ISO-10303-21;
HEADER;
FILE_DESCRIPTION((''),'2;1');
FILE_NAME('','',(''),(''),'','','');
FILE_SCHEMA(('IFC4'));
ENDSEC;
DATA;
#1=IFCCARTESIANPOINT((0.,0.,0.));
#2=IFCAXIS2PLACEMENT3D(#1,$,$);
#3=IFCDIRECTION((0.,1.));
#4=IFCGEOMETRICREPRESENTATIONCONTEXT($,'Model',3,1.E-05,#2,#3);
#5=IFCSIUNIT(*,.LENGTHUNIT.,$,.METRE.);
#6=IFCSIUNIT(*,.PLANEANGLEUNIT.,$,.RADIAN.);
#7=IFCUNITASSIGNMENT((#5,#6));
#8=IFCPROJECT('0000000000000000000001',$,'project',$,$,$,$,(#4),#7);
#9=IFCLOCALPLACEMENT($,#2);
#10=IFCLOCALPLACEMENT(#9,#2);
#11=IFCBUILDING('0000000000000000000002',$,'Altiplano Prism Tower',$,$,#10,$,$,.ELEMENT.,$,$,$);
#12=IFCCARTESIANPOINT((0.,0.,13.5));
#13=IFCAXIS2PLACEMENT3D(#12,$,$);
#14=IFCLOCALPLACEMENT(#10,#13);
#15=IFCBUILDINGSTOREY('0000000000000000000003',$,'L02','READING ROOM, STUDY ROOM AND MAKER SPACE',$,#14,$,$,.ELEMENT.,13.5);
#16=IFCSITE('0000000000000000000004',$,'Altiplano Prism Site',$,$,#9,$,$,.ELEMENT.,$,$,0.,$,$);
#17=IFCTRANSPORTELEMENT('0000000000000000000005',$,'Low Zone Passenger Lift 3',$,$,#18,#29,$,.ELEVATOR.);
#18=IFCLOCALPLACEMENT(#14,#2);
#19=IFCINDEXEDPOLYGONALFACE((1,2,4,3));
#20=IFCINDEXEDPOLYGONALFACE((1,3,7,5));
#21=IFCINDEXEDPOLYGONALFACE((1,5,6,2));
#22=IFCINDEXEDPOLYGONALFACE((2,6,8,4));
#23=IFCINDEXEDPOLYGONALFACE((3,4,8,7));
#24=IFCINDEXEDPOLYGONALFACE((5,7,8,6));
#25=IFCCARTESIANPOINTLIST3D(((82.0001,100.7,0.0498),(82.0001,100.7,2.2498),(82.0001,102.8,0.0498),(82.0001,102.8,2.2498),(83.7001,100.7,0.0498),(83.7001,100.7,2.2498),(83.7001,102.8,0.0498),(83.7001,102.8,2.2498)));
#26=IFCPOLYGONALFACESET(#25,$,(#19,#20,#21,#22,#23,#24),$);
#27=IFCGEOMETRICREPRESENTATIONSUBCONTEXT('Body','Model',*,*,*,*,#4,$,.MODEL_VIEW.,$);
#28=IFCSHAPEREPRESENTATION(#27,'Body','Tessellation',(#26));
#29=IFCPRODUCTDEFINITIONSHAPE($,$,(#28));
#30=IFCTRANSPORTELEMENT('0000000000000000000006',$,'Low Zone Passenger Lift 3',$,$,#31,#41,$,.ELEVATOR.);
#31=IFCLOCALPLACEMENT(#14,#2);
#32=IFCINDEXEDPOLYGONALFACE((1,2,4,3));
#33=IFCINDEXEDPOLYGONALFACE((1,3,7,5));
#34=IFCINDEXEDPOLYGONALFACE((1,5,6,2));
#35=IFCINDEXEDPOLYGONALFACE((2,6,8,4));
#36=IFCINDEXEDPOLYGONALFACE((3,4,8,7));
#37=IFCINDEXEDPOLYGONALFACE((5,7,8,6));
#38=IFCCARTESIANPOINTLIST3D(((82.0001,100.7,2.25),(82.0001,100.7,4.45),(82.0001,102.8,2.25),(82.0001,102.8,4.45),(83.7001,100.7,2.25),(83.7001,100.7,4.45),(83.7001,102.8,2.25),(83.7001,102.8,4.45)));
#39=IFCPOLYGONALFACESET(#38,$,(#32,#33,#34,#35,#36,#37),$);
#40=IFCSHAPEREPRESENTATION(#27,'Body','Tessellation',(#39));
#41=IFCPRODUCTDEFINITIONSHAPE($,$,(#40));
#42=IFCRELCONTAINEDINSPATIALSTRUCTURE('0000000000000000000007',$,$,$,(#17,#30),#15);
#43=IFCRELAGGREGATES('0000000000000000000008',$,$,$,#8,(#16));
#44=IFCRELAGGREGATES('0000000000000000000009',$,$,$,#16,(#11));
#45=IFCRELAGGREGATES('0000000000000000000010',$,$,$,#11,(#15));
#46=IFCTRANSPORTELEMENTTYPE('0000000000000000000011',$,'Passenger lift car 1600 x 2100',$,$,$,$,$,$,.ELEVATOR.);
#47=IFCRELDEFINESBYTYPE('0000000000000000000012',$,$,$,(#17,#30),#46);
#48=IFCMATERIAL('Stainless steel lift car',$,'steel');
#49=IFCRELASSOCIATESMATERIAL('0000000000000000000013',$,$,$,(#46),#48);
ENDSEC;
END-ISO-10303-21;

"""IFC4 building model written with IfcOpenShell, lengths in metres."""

from ifc_helpers import new_model, si_unit, direction, frame, origin, origin_2d, place, context, subcontext, project, spatial, rectangle, extrude, material, type_object, element, save


model = new_model("IFC4")

# Units and contexts
model_context = context("Model", 3, precision=1e-05, world=origin(), true_north=direction((0.0, 1.0)))
body_context = subcontext(model_context, "Body", "Model", "MODEL_VIEW")
ifc_project = project(units=[si_unit("LENGTHUNIT", "METRE"), si_unit("PLANEANGLEUNIT", "RADIAN")], contexts=[model_context])

# Site, building, storey
site_placement = place(None, origin())
site = spatial("IfcSite", under=ifc_project, at=site_placement, Name="Altiplano Prism Site", CompositionType="ELEMENT", RefElevation=0.0)
building_placement = place(site_placement, origin())
building = spatial("IfcBuilding", under=site, at=building_placement, Name="Altiplano Prism Tower", CompositionType="ELEMENT")
storey_placement = place(building_placement, frame((0.0, 0.0, 13.5)))
storey = spatial("IfcBuildingStorey", under=building, at=storey_placement, Name="L02", Description="READING ROOM, STUDY ROOM AND MAKER SPACE", CompositionType="ELEMENT", Elevation=13.5)

# Transport elements
ifc_material_1 = material(Name="Stainless steel lift car", Category="steel")
transport_element_type = type_object("IfcTransportElementType", Name="Passenger lift car 1600 x 2100", PredefinedType="ELEVATOR", material=ifc_material_1)
for number, where, z_axis, x_axis, name in (
    (1, (82.8501, 101.75, 0.0498), (0.0, 0.0, 1.0), (1.0, 0.0, 0.0), "Low Zone Passenger Lift 3"),
    (2, (82.8501, 101.75, 2.25), (0.0, 0.0, 1.0), (1.0, 0.0, 0.0), "Low Zone Passenger Lift 3"),
):
    element("IfcTransportElement", number, at=place(storey_placement, frame(where, z_axis=z_axis, x_axis=x_axis)), inside=storey, type_object=transport_element_type, Name=name, PredefinedType="ELEVATOR", context=body_context, shape_type="SweptSolid", body=[
        extrude(rectangle(XDim=1.7, YDim=2.1001, at=origin_2d()), origin(), (0.0, 0.0, 1.0), 2.2),
    ])

save(model, "model.ifc")
